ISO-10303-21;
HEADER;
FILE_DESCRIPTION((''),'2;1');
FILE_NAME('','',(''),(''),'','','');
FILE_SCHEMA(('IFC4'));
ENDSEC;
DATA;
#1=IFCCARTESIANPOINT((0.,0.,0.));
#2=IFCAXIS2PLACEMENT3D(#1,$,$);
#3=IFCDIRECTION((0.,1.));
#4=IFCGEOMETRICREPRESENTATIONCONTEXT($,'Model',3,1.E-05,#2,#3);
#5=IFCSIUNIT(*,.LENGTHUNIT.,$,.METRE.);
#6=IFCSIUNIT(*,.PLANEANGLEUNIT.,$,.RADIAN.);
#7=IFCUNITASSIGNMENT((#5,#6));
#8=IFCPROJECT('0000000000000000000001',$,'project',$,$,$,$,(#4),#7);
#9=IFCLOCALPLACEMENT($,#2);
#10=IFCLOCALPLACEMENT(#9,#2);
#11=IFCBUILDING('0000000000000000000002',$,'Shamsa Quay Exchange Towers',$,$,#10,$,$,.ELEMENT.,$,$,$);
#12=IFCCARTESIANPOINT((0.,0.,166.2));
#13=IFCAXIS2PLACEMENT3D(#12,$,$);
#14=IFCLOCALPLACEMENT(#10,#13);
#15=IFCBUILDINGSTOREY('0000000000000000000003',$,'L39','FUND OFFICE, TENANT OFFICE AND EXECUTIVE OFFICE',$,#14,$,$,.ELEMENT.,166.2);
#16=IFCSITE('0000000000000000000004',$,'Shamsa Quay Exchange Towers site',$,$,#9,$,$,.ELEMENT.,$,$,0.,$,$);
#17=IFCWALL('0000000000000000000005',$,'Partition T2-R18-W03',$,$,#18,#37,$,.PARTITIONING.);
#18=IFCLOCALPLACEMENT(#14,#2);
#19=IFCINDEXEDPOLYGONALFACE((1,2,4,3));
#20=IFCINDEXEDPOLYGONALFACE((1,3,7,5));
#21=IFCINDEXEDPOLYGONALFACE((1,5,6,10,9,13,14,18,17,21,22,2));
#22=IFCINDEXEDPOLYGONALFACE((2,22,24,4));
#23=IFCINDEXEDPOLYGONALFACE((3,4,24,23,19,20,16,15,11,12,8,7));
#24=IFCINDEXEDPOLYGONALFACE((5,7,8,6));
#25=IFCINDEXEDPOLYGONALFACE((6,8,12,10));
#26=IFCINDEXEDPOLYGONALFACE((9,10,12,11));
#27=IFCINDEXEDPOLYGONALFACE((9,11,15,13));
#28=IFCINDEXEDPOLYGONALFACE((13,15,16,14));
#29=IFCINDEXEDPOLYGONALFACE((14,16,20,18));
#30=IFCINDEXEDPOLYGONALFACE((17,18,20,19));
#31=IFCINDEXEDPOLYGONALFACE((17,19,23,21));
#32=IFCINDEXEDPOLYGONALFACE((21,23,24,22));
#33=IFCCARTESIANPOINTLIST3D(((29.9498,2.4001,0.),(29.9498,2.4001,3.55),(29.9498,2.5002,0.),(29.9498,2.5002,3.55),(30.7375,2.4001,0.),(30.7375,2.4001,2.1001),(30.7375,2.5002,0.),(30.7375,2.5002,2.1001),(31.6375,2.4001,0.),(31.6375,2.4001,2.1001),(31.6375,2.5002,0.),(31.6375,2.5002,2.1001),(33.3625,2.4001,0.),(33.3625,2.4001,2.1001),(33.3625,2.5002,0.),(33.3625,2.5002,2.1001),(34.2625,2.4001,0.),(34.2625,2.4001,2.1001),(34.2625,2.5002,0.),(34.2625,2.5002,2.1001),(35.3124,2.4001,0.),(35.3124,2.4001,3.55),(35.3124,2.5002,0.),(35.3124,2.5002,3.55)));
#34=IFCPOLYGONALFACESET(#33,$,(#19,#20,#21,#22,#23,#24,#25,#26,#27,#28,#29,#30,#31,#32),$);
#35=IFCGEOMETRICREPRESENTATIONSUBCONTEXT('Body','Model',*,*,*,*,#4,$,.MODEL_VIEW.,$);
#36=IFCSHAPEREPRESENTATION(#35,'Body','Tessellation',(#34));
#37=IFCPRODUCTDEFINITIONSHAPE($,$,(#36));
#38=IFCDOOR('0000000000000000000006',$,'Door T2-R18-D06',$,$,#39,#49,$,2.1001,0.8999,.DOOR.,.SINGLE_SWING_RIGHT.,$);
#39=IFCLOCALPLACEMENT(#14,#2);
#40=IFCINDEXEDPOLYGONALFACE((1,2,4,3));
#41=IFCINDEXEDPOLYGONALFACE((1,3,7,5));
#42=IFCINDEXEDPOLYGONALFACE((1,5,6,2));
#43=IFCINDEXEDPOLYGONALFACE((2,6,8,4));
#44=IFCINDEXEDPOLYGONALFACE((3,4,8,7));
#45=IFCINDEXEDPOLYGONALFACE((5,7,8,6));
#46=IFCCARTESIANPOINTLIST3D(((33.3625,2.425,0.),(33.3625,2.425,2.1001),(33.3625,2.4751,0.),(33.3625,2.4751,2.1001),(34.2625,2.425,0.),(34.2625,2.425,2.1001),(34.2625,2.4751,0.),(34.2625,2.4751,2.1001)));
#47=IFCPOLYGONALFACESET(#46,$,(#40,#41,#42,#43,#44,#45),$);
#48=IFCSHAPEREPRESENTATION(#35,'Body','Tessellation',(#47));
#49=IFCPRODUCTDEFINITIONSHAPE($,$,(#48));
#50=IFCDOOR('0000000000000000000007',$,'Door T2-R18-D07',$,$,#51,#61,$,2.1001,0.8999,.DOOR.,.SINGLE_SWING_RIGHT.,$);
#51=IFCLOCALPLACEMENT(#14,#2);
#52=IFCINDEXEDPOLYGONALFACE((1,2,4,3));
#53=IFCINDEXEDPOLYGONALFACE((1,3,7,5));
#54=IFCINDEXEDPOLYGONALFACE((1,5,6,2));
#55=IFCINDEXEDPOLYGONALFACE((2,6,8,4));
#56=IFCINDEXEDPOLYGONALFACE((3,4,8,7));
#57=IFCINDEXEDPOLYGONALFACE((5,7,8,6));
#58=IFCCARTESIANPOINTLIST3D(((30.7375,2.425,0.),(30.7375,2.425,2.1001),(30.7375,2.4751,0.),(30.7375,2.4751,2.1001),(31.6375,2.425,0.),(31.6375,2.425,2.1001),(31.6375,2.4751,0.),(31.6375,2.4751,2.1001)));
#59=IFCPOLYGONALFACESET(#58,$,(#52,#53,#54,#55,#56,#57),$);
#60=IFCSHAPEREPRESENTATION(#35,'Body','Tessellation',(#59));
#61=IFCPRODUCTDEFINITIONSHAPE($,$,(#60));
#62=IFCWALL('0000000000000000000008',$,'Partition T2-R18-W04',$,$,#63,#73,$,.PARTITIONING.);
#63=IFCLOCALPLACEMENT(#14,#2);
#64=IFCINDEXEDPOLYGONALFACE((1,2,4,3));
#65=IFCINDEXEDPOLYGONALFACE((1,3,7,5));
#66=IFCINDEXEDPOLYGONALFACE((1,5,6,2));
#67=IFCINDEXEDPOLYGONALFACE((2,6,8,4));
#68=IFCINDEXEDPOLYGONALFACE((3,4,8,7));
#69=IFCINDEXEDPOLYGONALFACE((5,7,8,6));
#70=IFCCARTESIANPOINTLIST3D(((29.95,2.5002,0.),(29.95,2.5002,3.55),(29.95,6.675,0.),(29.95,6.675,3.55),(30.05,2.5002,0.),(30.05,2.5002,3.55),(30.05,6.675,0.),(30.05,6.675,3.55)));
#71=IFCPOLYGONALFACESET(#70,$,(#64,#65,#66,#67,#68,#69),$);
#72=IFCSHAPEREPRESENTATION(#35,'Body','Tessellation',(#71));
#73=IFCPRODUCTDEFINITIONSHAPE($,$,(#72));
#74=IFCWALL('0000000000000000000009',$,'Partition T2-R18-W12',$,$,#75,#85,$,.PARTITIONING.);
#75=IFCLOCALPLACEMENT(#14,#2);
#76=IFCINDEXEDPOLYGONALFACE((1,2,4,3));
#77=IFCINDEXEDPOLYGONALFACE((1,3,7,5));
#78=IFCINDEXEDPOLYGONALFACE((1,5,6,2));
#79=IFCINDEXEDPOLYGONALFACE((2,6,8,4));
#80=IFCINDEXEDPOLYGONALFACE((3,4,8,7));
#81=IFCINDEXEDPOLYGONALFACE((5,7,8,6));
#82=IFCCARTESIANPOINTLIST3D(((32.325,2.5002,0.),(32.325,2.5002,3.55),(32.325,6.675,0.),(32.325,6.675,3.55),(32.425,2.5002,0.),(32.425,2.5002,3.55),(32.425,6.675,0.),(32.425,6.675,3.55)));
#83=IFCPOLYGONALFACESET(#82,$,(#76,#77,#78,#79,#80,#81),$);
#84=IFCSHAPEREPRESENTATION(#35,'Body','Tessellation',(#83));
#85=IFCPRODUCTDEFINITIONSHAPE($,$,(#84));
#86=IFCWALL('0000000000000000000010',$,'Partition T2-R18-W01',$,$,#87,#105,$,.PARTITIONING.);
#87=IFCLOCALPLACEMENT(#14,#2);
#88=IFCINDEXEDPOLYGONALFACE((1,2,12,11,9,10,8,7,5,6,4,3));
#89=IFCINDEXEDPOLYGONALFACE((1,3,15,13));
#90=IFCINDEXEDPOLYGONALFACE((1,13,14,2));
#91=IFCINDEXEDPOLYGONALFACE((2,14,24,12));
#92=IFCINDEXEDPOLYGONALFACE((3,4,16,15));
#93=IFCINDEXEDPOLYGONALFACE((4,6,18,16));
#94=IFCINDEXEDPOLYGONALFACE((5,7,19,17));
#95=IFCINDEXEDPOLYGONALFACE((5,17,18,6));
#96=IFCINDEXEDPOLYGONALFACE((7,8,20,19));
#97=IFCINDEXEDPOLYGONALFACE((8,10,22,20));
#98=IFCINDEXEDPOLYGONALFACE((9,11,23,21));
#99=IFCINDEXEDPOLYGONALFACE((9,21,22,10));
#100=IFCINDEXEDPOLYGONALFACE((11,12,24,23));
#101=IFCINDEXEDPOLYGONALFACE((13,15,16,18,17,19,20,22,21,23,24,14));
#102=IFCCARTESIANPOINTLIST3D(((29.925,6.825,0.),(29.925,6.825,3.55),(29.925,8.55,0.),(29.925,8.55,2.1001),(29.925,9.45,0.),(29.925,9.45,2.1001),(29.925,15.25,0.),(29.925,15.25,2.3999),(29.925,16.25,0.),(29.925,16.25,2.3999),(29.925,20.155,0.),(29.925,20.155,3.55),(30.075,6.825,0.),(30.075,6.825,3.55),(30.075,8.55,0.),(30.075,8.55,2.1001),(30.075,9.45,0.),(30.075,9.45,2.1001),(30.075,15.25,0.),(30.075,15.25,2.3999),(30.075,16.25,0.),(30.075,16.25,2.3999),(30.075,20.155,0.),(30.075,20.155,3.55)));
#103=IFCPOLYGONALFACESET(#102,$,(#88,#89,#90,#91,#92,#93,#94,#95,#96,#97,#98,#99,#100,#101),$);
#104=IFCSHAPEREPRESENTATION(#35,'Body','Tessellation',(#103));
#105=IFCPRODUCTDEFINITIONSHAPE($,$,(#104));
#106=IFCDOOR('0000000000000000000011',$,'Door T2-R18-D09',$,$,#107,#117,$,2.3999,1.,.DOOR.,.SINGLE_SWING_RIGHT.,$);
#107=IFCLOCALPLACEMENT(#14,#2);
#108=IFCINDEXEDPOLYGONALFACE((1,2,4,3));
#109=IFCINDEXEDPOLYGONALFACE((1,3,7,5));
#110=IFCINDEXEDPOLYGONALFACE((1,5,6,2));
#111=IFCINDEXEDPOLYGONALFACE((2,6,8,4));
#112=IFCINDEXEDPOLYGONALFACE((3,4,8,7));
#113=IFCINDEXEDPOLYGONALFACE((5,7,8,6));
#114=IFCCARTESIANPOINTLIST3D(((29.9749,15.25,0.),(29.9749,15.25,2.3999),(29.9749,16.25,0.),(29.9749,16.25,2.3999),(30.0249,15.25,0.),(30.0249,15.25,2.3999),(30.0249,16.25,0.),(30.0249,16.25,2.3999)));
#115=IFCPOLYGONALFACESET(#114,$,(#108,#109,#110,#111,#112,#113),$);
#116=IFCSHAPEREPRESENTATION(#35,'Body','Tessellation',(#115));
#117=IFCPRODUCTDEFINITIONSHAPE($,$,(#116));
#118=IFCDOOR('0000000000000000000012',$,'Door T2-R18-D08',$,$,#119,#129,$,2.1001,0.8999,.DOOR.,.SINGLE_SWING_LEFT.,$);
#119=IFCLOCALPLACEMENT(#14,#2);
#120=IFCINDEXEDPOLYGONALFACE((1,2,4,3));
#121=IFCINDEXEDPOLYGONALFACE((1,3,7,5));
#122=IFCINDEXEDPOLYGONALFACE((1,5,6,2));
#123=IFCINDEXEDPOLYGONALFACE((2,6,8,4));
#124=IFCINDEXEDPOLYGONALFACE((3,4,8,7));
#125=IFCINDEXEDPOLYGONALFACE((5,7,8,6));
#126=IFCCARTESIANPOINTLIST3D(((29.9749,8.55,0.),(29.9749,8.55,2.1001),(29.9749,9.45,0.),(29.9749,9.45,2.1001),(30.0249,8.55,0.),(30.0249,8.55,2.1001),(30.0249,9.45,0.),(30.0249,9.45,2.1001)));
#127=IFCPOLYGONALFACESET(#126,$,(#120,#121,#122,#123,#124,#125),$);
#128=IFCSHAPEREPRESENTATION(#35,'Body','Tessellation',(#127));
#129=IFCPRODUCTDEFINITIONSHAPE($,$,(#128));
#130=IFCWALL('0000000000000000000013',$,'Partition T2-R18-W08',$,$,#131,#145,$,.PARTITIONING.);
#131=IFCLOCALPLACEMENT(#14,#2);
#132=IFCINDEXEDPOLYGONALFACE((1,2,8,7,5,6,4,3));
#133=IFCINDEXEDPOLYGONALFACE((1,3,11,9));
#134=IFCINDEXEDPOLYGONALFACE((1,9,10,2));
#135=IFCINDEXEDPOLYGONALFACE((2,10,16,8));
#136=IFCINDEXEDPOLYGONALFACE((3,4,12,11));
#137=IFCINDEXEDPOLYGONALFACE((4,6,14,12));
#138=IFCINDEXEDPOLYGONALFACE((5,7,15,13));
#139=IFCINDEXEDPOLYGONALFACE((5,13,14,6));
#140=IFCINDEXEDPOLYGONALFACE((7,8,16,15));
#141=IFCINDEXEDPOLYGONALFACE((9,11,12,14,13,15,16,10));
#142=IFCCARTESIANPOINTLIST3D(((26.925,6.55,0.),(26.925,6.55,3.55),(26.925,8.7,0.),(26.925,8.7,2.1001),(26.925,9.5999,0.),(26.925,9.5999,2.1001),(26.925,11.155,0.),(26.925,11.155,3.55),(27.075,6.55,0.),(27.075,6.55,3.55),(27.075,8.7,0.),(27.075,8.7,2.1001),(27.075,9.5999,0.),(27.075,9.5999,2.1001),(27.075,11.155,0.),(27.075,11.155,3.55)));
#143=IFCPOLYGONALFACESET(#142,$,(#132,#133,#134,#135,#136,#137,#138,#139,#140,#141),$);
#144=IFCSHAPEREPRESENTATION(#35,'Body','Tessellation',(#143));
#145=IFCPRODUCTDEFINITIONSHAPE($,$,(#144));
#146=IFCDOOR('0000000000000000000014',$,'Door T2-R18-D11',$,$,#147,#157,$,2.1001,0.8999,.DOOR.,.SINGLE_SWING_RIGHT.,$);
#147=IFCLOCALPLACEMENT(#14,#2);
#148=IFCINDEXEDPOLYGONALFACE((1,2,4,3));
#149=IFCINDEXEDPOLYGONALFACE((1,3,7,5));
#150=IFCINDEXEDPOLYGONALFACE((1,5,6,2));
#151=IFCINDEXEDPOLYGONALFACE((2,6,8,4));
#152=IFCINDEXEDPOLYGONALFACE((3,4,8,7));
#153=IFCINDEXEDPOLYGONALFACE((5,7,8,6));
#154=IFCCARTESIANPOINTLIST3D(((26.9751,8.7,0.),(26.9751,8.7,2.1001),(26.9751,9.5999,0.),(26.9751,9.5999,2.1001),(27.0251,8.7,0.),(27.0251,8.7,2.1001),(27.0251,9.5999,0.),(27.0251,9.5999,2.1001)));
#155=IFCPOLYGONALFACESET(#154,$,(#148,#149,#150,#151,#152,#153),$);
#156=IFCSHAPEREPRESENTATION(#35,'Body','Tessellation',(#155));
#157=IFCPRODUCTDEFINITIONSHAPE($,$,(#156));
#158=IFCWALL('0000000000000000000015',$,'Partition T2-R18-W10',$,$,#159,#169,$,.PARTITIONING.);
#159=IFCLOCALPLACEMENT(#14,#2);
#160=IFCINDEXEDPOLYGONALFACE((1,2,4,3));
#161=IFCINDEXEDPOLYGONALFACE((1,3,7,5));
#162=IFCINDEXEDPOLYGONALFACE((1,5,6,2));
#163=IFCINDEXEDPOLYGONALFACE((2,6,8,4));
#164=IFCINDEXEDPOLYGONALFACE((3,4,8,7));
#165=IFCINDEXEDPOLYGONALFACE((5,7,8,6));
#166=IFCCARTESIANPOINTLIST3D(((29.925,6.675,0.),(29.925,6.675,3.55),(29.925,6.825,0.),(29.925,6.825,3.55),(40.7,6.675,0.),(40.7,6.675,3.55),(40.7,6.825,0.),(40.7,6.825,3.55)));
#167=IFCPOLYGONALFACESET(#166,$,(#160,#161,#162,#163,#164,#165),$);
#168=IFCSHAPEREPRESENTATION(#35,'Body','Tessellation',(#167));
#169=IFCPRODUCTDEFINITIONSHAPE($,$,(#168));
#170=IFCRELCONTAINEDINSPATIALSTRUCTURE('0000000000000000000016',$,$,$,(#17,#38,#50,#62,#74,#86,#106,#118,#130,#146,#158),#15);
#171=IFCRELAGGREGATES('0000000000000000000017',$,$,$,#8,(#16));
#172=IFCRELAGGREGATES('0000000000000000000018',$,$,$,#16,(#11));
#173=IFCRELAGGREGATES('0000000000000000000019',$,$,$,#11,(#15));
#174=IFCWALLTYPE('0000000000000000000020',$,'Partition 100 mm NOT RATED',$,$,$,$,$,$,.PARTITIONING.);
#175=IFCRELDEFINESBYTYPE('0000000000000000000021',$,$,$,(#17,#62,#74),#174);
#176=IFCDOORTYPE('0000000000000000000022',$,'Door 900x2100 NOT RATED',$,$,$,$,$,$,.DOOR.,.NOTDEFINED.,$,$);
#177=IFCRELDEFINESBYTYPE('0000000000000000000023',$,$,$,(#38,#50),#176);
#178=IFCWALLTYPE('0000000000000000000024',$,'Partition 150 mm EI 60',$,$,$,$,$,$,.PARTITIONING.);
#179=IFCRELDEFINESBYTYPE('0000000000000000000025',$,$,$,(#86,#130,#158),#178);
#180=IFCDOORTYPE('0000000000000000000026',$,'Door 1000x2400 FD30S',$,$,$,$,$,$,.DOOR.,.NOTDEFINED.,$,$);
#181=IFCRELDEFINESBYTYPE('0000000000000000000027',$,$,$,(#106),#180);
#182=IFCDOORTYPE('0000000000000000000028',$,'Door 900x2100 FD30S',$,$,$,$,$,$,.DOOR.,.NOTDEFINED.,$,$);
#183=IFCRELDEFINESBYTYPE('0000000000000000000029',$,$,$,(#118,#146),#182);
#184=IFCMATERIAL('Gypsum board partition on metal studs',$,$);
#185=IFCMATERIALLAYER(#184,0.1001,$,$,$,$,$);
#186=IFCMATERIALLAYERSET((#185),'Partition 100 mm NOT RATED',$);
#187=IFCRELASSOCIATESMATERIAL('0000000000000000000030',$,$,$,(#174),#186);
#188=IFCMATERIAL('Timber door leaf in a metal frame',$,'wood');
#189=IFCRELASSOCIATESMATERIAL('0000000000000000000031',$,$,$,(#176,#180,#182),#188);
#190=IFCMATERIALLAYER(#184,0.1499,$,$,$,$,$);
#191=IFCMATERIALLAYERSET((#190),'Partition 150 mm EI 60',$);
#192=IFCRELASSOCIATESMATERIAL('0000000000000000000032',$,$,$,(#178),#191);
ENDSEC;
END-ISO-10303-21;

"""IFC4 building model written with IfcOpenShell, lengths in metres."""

from ifc_helpers import new_model, si_unit, direction, frame, frame_2d, origin, place, context, subcontext, project, spatial, rectangle, extrude, material, layer, layer_set, type_object, element, fill, save


model = new_model("IFC4")

# Units and contexts
model_context = context("Model", 3, precision=1e-05, world=origin(), true_north=direction((0.0, 1.0)))
body_context = subcontext(model_context, "Body", "Model", "MODEL_VIEW")
ifc_project = project(units=[si_unit("LENGTHUNIT", "METRE"), si_unit("PLANEANGLEUNIT", "RADIAN")], contexts=[model_context])

# Site, building, storey
site_placement = place(None, origin())
site = spatial("IfcSite", under=ifc_project, at=site_placement, Name="Shamsa Quay Exchange Towers site", CompositionType="ELEMENT", RefElevation=0.0)
building_placement = place(site_placement, origin())
building = spatial("IfcBuilding", under=site, at=building_placement, Name="Shamsa Quay Exchange Towers", CompositionType="ELEMENT")
storey_placement = place(building_placement, frame((0.0, 0.0, 166.2)))
storey = spatial("IfcBuildingStorey", under=building, at=storey_placement, Name="L39", Description="FUND OFFICE, TENANT OFFICE AND EXECUTIVE OFFICE", CompositionType="ELEMENT", Elevation=166.2)

# Wall, openings, doors
ifc_material_1 = material(Name="Gypsum board partition on metal studs")
ifc_layer_1 = layer(ifc_material_1, 0.1001)
ifc_layer_set_1 = layer_set([ifc_layer_1], Name="Partition 100 mm NOT RATED")
wall_type_1 = type_object("IfcWallType", Name="Partition 100 mm NOT RATED", PredefinedType="PARTITIONING", material=ifc_layer_set_1)
wall_1_placement = place(storey_placement, frame((29.95, 2.4502, 0.0)))
wall_1 = element("IfcWall", 1, at=wall_1_placement, inside=storey, type_object=wall_type_1, Name="Partition T2-R18-W03", PredefinedType="PARTITIONING", context=body_context, shape_type="SweptSolid", body=[
    extrude(rectangle(XDim=5.3625, YDim=0.1001, at=frame_2d((2.6812, 0.0))), origin(), (0.0, 0.0, 1.0), 3.55),
])
opening_1_placement = place(wall_1_placement, frame((3.4126, 0.0, 0.0)))
opening_1 = element("IfcOpeningElement", 2, at=opening_1_placement, cuts=wall_1, PredefinedType="OPENING", context=body_context, shape_type="SweptSolid", body=[
    extrude(rectangle(XDim=0.8999, YDim=2.1001, at=frame_2d((0.45, 1.05))), frame((0.0, 0.0601, 0.0), z_axis=(0.0, -1.0, 0.0), x_axis=(1.0, 0.0, 0.0)), (0.0, 0.0, 1.0), 0.1201),
])
opening_2_placement = place(wall_1_placement, frame((0.7876, 0.0, 0.0)))
opening_2 = element("IfcOpeningElement", 3, at=opening_2_placement, cuts=wall_1, PredefinedType="OPENING", context=body_context, shape_type="SweptSolid", body=[
    extrude(rectangle(XDim=0.8999, YDim=2.1001, at=frame_2d((0.45, 1.05))), frame((0.0, 0.0601, 0.0), z_axis=(0.0, -1.0, 0.0), x_axis=(1.0, 0.0, 0.0)), (0.0, 0.0, 1.0), 0.1201),
])
ifc_material_2 = material(Name="Timber door leaf in a metal frame", Category="wood")
door_type_1 = type_object("IfcDoorType", Name="Door 900x2100 NOT RATED", OperationType="NOTDEFINED", PredefinedType="DOOR", material=ifc_material_2)
door_1_placement = place(opening_1_placement, origin())
door_1 = element("IfcDoor", 4, at=door_1_placement, inside=storey, type_object=door_type_1, Name="Door T2-R18-D06", OperationType="SINGLE_SWING_RIGHT", OverallHeight=2.1001, OverallWidth=0.8999, PredefinedType="DOOR", context=body_context, shape_type="SweptSolid", body=[
    extrude(rectangle(XDim=0.8999, YDim=2.1001, at=frame_2d((0.45, 1.05))), frame((0.0, 0.0249, 0.0), z_axis=(0.0, -1.0, 0.0), x_axis=(1.0, 0.0, 0.0)), (0.0, 0.0, 1.0), 0.05),
])
fill(opening_1, door_1)
door_2_placement = place(opening_2_placement, origin())
door_2 = element("IfcDoor", 5, at=door_2_placement, inside=storey, type_object=door_type_1, Name="Door T2-R18-D07", OperationType="SINGLE_SWING_RIGHT", OverallHeight=2.1001, OverallWidth=0.8999, PredefinedType="DOOR", context=body_context, shape_type="SweptSolid", body=[
    extrude(rectangle(XDim=0.8999, YDim=2.1001, at=frame_2d((0.45, 1.05))), frame((0.0, 0.0249, 0.0), z_axis=(0.0, -1.0, 0.0), x_axis=(1.0, 0.0, 0.0)), (0.0, 0.0, 1.0), 0.05),
])
fill(opening_2, door_2)

# Walls
for number, where, z_axis, x_axis, name in (
    (6, (30.0, 6.675, 0.0), (0.0, 0.0, 1.0), (0.0, -1.0, 0.0), "Partition T2-R18-W04"),
    (7, (32.375, 6.675, 0.0), (0.0, 0.0, 1.0), (0.0, -1.0, 0.0), "Partition T2-R18-W12"),
):
    element("IfcWall", number, at=place(storey_placement, frame(where, z_axis=z_axis, x_axis=x_axis)), inside=storey, type_object=wall_type_1, Name=name, PredefinedType="PARTITIONING", context=body_context, shape_type="SweptSolid", body=[
        extrude(rectangle(XDim=4.1748, YDim=0.1001, at=frame_2d((2.0874, 0.0))), origin(), (0.0, 0.0, 1.0), 3.55),
    ])

# Wall, openings, doors
ifc_layer_2 = layer(ifc_material_1, 0.1499)
ifc_layer_set_2 = layer_set([ifc_layer_2], Name="Partition 150 mm EI 60")
wall_type_2 = type_object("IfcWallType", Name="Partition 150 mm EI 60", PredefinedType="PARTITIONING", material=ifc_layer_set_2)
wall_2_placement = place(storey_placement, frame((30.0, 20.155, 0.0), z_axis=(0.0, 0.0, 1.0), x_axis=(0.0, -1.0, 0.0)))
wall_2 = element("IfcWall", 8, at=wall_2_placement, inside=storey, type_object=wall_type_2, Name="Partition T2-R18-W01", PredefinedType="PARTITIONING", context=body_context, shape_type="SweptSolid", body=[
    extrude(rectangle(XDim=13.3301, YDim=0.1499, at=frame_2d((6.665, 0.0))), origin(), (0.0, 0.0, 1.0), 3.55),
])
opening_3_placement = place(wall_2_placement, frame((10.7051, 0.0, 0.0)))
opening_3 = element("IfcOpeningElement", 9, at=opening_3_placement, cuts=wall_2, PredefinedType="OPENING", context=body_context, shape_type="SweptSolid", body=[
    extrude(rectangle(XDim=0.8999, YDim=2.1001, at=frame_2d((0.45, 1.05))), frame((0.0, 0.085, 0.0), z_axis=(0.0, -1.0, 0.0), x_axis=(1.0, 0.0, 0.0)), (0.0, 0.0, 1.0), 0.1699),
])
opening_4_placement = place(wall_2_placement, frame((3.905, 0.0, 0.0)))
opening_4 = element("IfcOpeningElement", 10, at=opening_4_placement, cuts=wall_2, PredefinedType="OPENING", context=body_context, shape_type="SweptSolid", body=[
    extrude(rectangle(XDim=1.0, YDim=2.3999, at=frame_2d((0.5, 1.2))), frame((0.0, 0.085, 0.0), z_axis=(0.0, -1.0, 0.0), x_axis=(1.0, 0.0, 0.0)), (0.0, 0.0, 1.0), 0.1699),
])
door_type_2 = type_object("IfcDoorType", Name="Door 1000x2400 FD30S", OperationType="NOTDEFINED", PredefinedType="DOOR", material=ifc_material_2)
door_3_placement = place(opening_4_placement, origin())
door_3 = element("IfcDoor", 11, at=door_3_placement, inside=storey, type_object=door_type_2, Name="Door T2-R18-D09", OperationType="SINGLE_SWING_RIGHT", OverallHeight=2.3999, OverallWidth=1.0, PredefinedType="DOOR", context=body_context, shape_type="SweptSolid", body=[
    extrude(rectangle(XDim=1.0, YDim=2.3999, at=frame_2d((0.5, 1.2))), frame((0.0, 0.0249, 0.0), z_axis=(0.0, -1.0, 0.0), x_axis=(1.0, 0.0, 0.0)), (0.0, 0.0, 1.0), 0.05),
])
fill(opening_4, door_3)
door_type_3 = type_object("IfcDoorType", Name="Door 900x2100 FD30S", OperationType="NOTDEFINED", PredefinedType="DOOR", material=ifc_material_2)
door_4_placement = place(opening_3_placement, origin())
door_4 = element("IfcDoor", 12, at=door_4_placement, inside=storey, type_object=door_type_3, Name="Door T2-R18-D08", OperationType="SINGLE_SWING_LEFT", OverallHeight=2.1001, OverallWidth=0.8999, PredefinedType="DOOR", context=body_context, shape_type="SweptSolid", body=[
    extrude(rectangle(XDim=0.8999, YDim=2.1001, at=frame_2d((0.45, 1.05))), frame((0.0, 0.0249, 0.0), z_axis=(0.0, -1.0, 0.0), x_axis=(1.0, 0.0, 0.0)), (0.0, 0.0, 1.0), 0.05),
])
fill(opening_3, door_4)

# Wall, opening, door
wall_3_placement = place(storey_placement, frame((27.0, 6.55, 0.0), z_axis=(0.0, 0.0, 1.0), x_axis=(0.0, 1.0, 0.0)))
wall_3 = element("IfcWall", 13, at=wall_3_placement, inside=storey, type_object=wall_type_2, Name="Partition T2-R18-W08", PredefinedType="PARTITIONING", context=body_context, shape_type="SweptSolid", body=[
    extrude(rectangle(XDim=4.605, YDim=0.1499, at=frame_2d((2.3025, 0.0))), origin(), (0.0, 0.0, 1.0), 3.55),
])
opening_5_placement = place(wall_3_placement, frame((2.1499, 0.0, 0.0)))
opening_5 = element("IfcOpeningElement", 14, at=opening_5_placement, cuts=wall_3, PredefinedType="OPENING", context=body_context, shape_type="SweptSolid", body=[
    extrude(rectangle(XDim=0.8999, YDim=2.1001, at=frame_2d((0.45, 1.05))), frame((0.0, 0.085, 0.0), z_axis=(0.0, -1.0, 0.0), x_axis=(1.0, 0.0, 0.0)), (0.0, 0.0, 1.0), 0.1699),
])
door_5_placement = place(opening_5_placement, origin())
door_5 = element("IfcDoor", 15, at=door_5_placement, inside=storey, type_object=door_type_3, Name="Door T2-R18-D11", OperationType="SINGLE_SWING_RIGHT", OverallHeight=2.1001, OverallWidth=0.8999, PredefinedType="DOOR", context=body_context, shape_type="SweptSolid", body=[
    extrude(rectangle(XDim=0.8999, YDim=2.1001, at=frame_2d((0.45, 1.05))), frame((0.0, 0.0249, 0.0), z_axis=(0.0, -1.0, 0.0), x_axis=(1.0, 0.0, 0.0)), (0.0, 0.0, 1.0), 0.05),
])
fill(opening_5, door_5)

# Wall
wall_4_placement = place(storey_placement, frame((29.925, 6.75, 0.0)))
element("IfcWall", 16, at=wall_4_placement, inside=storey, type_object=wall_type_2, Name="Partition T2-R18-W10", PredefinedType="PARTITIONING", context=body_context, shape_type="SweptSolid", body=[
    extrude(rectangle(XDim=10.7749, YDim=0.1499, at=frame_2d((5.3875, 0.0))), origin(), (0.0, 0.0, 1.0), 3.55),
])

save(model, "model.ifc")
